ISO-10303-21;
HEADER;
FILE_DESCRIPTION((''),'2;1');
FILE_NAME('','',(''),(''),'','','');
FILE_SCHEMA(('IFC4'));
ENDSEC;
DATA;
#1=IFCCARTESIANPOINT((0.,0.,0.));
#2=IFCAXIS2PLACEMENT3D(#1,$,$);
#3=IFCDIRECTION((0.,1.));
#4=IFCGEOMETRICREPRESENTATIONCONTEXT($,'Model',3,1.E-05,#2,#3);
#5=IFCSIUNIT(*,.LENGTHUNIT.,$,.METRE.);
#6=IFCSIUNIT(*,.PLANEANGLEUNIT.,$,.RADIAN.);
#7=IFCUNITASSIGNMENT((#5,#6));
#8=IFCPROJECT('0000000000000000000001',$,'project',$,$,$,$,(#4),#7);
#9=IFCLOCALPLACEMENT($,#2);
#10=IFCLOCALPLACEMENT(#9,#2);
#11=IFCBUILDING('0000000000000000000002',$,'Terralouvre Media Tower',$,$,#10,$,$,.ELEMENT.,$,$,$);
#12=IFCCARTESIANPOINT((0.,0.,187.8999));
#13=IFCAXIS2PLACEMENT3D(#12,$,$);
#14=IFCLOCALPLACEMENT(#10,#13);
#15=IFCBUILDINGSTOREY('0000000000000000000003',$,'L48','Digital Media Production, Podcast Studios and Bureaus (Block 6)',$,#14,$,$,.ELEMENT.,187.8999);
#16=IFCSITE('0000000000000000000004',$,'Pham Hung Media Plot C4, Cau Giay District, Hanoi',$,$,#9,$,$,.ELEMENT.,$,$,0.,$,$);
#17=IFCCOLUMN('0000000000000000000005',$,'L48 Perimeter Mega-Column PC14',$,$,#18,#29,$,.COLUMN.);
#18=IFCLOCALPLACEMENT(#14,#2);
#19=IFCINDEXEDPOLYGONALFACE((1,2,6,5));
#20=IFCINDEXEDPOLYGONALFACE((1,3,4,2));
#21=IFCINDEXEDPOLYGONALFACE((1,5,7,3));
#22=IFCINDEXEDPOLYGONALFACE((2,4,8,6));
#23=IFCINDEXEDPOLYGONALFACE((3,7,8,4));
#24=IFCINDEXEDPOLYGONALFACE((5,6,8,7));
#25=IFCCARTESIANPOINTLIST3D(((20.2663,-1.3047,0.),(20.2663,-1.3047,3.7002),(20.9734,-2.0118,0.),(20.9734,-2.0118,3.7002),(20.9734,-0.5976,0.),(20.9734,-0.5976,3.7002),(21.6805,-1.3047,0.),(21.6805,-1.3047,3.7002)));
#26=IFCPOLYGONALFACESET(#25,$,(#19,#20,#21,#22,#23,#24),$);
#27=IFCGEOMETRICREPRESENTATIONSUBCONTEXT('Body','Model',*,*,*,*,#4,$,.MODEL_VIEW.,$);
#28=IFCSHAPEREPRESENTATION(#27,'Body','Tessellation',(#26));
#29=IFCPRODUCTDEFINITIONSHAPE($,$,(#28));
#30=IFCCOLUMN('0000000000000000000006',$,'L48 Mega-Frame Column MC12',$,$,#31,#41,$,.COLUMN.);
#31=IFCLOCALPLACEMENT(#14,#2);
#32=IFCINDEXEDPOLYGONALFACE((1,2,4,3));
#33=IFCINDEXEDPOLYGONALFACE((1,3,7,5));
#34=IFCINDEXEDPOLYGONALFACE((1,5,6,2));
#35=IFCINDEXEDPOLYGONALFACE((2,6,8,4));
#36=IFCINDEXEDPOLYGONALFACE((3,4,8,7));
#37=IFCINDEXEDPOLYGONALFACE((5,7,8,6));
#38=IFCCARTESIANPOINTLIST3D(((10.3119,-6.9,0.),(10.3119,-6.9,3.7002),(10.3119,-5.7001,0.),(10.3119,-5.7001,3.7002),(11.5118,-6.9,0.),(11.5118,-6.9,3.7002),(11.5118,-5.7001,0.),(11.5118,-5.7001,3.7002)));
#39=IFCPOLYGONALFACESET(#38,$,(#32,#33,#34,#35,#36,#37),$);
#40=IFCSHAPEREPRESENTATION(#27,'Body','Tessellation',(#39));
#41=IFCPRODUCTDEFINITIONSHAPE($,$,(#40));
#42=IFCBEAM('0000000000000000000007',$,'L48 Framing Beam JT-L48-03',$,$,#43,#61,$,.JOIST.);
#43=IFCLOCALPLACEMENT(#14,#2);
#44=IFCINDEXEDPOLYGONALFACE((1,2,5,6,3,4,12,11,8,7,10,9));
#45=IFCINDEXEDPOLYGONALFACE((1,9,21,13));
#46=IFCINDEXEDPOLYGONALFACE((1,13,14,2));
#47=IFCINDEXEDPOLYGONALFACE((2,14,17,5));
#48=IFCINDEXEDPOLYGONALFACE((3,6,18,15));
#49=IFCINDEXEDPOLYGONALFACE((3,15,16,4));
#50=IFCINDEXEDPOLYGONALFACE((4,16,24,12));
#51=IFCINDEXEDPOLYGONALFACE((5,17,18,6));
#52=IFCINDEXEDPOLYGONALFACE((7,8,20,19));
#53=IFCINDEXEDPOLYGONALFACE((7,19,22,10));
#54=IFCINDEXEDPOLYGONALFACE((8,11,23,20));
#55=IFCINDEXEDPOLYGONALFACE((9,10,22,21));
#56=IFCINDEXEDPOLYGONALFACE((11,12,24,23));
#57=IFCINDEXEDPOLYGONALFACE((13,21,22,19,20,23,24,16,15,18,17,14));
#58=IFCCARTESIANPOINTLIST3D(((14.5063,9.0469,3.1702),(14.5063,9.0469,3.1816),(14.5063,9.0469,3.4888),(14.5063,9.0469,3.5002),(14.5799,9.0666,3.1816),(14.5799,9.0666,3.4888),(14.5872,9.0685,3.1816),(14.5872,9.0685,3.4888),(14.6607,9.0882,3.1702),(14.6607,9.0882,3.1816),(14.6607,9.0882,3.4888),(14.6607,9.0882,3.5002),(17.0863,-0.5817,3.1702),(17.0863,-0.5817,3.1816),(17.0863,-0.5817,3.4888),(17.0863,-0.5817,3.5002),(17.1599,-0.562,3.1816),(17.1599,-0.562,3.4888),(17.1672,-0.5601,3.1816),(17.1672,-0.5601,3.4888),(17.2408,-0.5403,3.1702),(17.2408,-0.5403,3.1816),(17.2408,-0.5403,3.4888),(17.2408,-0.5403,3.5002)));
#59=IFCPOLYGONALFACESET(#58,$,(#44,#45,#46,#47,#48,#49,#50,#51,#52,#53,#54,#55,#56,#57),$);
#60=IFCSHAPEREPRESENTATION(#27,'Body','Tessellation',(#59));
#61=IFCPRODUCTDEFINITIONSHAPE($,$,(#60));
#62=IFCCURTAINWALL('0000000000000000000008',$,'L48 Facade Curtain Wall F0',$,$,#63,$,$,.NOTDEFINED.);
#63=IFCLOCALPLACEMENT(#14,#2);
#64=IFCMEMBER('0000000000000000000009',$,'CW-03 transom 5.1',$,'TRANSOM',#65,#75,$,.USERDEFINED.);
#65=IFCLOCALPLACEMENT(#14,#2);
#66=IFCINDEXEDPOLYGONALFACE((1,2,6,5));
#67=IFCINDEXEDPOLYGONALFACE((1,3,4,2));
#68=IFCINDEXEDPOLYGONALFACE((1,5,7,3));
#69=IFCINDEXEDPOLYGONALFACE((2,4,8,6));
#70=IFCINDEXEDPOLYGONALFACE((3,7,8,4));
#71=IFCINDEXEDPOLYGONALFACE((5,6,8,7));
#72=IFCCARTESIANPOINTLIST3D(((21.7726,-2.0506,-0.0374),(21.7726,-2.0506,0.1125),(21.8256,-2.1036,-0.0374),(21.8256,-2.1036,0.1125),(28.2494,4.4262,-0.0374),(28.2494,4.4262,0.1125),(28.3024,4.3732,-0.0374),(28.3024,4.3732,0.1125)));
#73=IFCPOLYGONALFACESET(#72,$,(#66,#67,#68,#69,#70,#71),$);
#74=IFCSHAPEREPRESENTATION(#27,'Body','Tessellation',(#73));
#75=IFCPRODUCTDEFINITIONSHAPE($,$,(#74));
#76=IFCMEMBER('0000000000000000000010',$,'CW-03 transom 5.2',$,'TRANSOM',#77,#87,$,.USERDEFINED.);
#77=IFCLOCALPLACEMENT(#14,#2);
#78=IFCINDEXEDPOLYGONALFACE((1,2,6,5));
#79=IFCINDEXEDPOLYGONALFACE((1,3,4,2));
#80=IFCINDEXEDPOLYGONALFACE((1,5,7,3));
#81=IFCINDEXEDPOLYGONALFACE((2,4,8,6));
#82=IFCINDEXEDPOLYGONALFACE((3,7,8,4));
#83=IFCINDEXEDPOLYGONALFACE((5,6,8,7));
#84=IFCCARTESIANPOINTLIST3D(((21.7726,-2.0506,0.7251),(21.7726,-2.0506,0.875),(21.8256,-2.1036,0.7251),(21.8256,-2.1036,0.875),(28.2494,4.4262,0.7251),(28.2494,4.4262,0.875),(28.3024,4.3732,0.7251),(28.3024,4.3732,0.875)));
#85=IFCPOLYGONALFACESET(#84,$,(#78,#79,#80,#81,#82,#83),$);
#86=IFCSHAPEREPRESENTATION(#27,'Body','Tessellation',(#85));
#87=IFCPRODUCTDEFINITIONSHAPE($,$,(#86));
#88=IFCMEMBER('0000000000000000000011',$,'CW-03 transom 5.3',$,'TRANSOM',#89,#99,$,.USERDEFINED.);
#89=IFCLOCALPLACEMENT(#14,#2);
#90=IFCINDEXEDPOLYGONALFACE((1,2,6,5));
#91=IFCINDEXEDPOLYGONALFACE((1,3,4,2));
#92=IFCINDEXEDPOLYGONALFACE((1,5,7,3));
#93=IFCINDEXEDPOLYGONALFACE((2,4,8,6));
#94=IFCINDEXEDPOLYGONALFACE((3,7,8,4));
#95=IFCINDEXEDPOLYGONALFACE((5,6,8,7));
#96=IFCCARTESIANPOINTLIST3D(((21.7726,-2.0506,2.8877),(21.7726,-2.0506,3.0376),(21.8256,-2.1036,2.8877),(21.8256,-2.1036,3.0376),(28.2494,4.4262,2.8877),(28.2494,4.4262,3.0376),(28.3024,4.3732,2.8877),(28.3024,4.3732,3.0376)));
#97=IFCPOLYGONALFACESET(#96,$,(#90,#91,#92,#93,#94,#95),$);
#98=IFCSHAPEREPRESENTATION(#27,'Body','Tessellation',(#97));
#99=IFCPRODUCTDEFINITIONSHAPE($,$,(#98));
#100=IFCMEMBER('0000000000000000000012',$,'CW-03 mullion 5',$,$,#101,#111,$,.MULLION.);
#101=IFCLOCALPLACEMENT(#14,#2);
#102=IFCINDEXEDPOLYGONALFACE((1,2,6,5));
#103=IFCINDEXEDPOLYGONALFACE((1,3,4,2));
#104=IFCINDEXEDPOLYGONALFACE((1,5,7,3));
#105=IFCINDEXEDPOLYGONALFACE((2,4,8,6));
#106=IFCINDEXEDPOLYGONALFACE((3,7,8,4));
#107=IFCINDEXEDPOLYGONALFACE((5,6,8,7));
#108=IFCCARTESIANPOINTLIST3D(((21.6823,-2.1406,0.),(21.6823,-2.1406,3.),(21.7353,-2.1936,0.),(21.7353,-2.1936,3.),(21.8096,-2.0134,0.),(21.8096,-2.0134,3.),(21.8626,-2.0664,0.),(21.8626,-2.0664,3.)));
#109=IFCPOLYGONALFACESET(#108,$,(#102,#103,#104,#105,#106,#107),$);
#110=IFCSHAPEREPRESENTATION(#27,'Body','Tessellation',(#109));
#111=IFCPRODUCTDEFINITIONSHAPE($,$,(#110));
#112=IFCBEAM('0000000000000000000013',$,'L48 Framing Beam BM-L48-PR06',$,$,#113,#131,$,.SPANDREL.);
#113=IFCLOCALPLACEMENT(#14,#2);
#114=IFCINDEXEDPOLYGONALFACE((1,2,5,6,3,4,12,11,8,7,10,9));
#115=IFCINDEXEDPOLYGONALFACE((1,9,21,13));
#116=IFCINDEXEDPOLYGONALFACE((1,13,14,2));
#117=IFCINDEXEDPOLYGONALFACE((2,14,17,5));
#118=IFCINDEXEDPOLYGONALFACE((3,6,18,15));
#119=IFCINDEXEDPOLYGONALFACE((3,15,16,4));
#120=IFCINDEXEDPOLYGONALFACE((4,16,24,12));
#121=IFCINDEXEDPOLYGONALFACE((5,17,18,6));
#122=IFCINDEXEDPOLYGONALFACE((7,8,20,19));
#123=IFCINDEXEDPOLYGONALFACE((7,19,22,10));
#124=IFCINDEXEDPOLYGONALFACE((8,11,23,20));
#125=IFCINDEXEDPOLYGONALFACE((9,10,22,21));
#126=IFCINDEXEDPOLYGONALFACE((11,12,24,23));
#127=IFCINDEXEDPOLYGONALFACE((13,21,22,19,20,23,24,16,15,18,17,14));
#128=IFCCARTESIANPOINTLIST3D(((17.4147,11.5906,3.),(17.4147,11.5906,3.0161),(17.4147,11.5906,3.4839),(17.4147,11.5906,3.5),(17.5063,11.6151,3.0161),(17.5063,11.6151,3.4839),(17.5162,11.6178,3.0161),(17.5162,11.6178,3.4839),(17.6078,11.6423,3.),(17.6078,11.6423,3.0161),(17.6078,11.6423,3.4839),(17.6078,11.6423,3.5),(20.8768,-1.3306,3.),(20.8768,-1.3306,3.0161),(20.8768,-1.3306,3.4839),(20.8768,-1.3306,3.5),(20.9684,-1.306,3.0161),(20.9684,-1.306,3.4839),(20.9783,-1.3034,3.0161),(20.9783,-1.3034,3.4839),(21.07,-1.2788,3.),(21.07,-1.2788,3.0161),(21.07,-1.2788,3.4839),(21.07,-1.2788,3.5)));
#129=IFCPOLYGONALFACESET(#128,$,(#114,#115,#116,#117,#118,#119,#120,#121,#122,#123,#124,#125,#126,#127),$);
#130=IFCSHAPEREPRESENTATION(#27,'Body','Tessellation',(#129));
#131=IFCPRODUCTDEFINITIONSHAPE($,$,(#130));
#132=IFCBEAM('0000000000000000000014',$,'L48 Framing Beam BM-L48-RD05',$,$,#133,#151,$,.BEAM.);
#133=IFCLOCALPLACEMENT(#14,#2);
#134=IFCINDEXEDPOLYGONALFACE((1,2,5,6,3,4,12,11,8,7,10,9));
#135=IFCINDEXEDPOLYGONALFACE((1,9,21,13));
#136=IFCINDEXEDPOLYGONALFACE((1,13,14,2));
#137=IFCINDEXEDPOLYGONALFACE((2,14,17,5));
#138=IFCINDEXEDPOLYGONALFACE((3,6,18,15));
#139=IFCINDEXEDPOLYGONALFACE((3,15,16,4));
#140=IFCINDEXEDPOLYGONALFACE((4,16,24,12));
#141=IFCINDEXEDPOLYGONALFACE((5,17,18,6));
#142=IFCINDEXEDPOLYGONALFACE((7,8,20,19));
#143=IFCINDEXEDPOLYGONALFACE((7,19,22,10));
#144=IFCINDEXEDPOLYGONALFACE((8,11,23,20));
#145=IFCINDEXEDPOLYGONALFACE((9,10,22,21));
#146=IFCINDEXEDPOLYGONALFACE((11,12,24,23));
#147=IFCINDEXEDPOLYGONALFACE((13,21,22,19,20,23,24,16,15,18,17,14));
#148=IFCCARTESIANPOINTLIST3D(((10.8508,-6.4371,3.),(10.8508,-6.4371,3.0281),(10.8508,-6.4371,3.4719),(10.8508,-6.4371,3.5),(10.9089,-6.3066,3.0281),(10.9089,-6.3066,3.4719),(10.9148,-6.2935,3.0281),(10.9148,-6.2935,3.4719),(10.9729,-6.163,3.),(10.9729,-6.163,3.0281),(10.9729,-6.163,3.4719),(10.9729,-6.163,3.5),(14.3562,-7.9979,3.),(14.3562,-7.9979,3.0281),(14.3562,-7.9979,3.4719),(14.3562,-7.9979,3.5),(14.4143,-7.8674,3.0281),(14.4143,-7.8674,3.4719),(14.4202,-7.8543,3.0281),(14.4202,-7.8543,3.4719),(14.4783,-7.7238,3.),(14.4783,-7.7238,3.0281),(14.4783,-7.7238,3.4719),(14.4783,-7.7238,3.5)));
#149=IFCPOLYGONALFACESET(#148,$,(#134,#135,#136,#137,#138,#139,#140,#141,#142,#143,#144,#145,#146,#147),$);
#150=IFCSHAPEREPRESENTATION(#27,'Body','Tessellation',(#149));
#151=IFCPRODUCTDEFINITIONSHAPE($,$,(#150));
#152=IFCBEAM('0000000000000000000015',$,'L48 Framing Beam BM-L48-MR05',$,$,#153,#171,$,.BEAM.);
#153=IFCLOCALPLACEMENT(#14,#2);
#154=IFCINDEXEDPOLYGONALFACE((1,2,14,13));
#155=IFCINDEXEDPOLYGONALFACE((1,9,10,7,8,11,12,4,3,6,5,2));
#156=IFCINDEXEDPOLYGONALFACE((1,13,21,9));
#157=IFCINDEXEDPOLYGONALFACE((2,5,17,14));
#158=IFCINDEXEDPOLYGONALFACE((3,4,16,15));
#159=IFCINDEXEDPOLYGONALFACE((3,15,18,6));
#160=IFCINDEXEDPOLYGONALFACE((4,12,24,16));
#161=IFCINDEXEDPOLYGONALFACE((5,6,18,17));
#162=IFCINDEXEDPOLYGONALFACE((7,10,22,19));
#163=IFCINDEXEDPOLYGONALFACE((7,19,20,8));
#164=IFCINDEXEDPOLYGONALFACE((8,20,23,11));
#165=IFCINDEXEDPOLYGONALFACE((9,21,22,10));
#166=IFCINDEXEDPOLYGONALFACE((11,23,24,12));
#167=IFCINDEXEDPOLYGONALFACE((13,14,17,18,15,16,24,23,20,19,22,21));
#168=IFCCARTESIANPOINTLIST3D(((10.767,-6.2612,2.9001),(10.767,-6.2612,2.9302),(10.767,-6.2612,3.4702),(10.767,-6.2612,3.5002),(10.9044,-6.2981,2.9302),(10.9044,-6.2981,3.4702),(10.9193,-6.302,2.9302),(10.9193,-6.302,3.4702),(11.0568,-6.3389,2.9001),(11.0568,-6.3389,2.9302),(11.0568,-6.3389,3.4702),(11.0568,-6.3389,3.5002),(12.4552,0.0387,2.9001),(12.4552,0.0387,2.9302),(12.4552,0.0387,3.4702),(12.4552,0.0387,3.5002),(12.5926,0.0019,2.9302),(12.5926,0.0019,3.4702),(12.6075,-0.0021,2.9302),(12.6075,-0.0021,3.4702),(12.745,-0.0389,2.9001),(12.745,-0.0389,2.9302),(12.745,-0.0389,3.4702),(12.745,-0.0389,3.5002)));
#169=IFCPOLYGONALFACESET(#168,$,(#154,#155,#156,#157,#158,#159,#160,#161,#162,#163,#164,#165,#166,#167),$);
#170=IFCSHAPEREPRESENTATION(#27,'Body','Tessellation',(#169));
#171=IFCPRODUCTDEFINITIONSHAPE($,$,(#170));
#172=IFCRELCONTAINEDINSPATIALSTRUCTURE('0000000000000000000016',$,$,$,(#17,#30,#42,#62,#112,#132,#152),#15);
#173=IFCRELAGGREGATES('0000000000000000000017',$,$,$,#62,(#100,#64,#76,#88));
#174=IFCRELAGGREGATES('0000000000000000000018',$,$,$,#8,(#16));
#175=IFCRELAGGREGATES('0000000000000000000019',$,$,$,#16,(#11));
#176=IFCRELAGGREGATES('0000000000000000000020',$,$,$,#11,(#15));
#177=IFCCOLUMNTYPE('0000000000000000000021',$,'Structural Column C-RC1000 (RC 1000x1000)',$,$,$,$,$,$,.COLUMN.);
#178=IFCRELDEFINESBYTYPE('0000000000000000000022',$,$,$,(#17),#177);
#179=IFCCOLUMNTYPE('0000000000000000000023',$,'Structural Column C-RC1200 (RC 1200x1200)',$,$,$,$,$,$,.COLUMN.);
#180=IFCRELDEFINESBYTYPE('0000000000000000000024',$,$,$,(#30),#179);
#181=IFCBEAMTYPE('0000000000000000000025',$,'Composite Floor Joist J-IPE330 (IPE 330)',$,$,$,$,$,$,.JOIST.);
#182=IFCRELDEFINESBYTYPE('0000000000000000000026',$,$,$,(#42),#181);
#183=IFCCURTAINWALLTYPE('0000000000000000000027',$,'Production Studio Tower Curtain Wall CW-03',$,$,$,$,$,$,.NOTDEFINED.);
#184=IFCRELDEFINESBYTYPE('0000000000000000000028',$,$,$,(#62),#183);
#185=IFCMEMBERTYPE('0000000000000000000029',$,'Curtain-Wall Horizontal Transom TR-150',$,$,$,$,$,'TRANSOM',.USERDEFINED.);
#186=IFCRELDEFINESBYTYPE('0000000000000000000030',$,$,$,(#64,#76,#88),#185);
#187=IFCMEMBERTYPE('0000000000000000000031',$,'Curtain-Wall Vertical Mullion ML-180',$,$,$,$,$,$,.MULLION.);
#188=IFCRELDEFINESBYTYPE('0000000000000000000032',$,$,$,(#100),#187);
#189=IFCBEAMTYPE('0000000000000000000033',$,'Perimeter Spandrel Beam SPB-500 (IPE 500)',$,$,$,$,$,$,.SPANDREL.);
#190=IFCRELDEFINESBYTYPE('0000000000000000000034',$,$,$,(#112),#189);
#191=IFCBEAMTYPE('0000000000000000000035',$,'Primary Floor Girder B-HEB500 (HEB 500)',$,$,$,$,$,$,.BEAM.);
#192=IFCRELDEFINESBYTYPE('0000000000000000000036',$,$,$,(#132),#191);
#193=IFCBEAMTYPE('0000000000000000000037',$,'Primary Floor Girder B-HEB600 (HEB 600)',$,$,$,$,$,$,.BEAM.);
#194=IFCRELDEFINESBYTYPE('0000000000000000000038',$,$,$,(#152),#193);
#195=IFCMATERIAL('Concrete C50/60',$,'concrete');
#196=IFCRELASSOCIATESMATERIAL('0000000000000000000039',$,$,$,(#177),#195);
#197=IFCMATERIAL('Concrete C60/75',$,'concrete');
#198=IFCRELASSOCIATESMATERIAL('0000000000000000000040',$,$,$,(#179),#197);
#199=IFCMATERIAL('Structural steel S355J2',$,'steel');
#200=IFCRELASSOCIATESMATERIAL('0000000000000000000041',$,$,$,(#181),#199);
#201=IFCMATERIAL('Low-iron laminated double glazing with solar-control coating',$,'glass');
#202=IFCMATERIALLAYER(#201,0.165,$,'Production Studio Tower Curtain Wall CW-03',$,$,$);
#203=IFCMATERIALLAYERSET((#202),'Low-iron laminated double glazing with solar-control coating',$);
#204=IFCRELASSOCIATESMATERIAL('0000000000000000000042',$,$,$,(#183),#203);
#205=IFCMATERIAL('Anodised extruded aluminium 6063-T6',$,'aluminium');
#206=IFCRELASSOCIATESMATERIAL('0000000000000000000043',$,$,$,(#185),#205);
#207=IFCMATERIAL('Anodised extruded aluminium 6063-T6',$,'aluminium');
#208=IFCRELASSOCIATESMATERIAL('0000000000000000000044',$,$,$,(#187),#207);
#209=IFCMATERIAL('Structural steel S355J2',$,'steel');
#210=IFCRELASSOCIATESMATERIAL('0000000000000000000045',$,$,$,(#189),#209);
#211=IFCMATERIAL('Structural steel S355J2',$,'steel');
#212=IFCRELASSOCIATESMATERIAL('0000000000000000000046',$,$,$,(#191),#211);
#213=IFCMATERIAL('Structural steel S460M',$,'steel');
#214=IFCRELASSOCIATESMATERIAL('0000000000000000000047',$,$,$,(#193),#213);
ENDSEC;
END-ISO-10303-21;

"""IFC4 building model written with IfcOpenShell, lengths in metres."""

from ifc_helpers import new_model, si_unit, direction, frame, origin, origin_2d, place, context, subcontext, project, spatial, rectangle, i_section, extrude, material, layer, layer_set, material_profile, profile_set, type_object, element, aggregate, save


model = new_model("IFC4")

# Units and contexts
model_context = context("Model", 3, precision=1e-05, world=origin(), true_north=direction((0.0, 1.0)))
body_context = subcontext(model_context, "Body", "Model", "MODEL_VIEW")
ifc_project = project(units=[si_unit("LENGTHUNIT", "METRE"), si_unit("PLANEANGLEUNIT", "RADIAN")], contexts=[model_context])

# Site, building, storey
site_placement = place(None, origin())
site = spatial("IfcSite", under=ifc_project, at=site_placement, Name="Pham Hung Media Plot C4, Cau Giay District, Hanoi", CompositionType="ELEMENT", RefElevation=0.0)
building_placement = place(site_placement, origin())
building = spatial("IfcBuilding", under=site, at=building_placement, Name="Terralouvre Media Tower", CompositionType="ELEMENT")
storey_placement = place(building_placement, frame((0.0, 0.0, 187.8999)))
storey = spatial("IfcBuildingStorey", under=building, at=storey_placement, Name="L48", Description="Digital Media Production, Podcast Studios and Bureaus (Block 6)", CompositionType="ELEMENT", Elevation=187.8999)

# Columns
ifc_material_1 = material(Name="Concrete C50/60", Category="concrete")
ifc_material_profile_1 = material_profile(ifc_material_1, rectangle(XDim=1.0, YDim=1.0, at=origin_2d()), Name="RC 1000x1000")
ifc_profile_set_1 = profile_set([ifc_material_profile_1], Name="Concrete C50/60")
column_type_1 = type_object("IfcColumnType", Name="Structural Column C-RC1000 (RC 1000x1000)", PredefinedType="COLUMN", material=ifc_profile_set_1)
column_1_placement = place(storey_placement, frame((20.9734, -1.3047, 0.0), z_axis=(0.0, 0.0, 1.0), x_axis=(0.707107, 0.707107, 0.0)))
element("IfcColumn", 1, at=column_1_placement, inside=storey, type_object=column_type_1, Name="L48 Perimeter Mega-Column PC14", PredefinedType="COLUMN", context=body_context, shape_type="SweptSolid", body=[
    extrude(rectangle(XDim=1.0, YDim=1.0, at=origin_2d()), origin(), (0.0, 0.0, 1.0), 3.7002),
])
ifc_material_2 = material(Name="Concrete C60/75", Category="concrete")
ifc_material_profile_2 = material_profile(ifc_material_2, rectangle(XDim=1.2, YDim=1.2, at=origin_2d()), Name="RC 1200x1200")
ifc_profile_set_2 = profile_set([ifc_material_profile_2], Name="Concrete C60/75")
column_type_2 = type_object("IfcColumnType", Name="Structural Column C-RC1200 (RC 1200x1200)", PredefinedType="COLUMN", material=ifc_profile_set_2)
column_2_placement = place(storey_placement, frame((10.9119, -6.3, 0.0), z_axis=(0.0, 0.0, 1.0), x_axis=(1.0, 0.0, 0.0)))
element("IfcColumn", 2, at=column_2_placement, inside=storey, type_object=column_type_2, Name="L48 Mega-Frame Column MC12", PredefinedType="COLUMN", context=body_context, shape_type="SweptSolid", body=[
    extrude(rectangle(XDim=1.2, YDim=1.2, at=origin_2d()), origin(), (0.0, 0.0, 1.0), 3.7002),
])

# Beam
ifc_material_3 = material(Name="Structural steel S355J2", Category="steel")
ifc_material_profile_3 = material_profile(ifc_material_3, i_section(OverallWidth=0.1599, OverallDepth=0.3301, WebThickness=0.0076, FlangeThickness=0.0115, at=origin_2d()), Name="IPE 330")
ifc_profile_set_3 = profile_set([ifc_material_profile_3], Name="Structural steel S355J2")
beam_type_1 = type_object("IfcBeamType", Name="Composite Floor Joist J-IPE330 (IPE 330)", PredefinedType="JOIST", material=ifc_profile_set_3)
beam_1_placement = place(storey_placement, frame((17.1636, -0.561, 3.3352), z_axis=(-0.258827, 0.965924, 0.0), x_axis=(-0.965924, -0.258827, 0.0)))
element("IfcBeam", 3, at=beam_1_placement, inside=storey, type_object=beam_type_1, Name="L48 Framing Beam JT-L48-03", PredefinedType="JOIST", context=body_context, shape_type="SweptSolid", body=[
    extrude(i_section(OverallWidth=0.1599, OverallDepth=0.3301, WebThickness=0.0076, FlangeThickness=0.0115, at=origin_2d()), origin(), (0.0, 0.0, 1.0), 9.9683),
])

# Curtain wall, members
ifc_material_4 = material(Name="Low-iron laminated double glazing with solar-control coating", Category="glass")
ifc_layer_1 = layer(ifc_material_4, 0.165, Name="Production Studio Tower Curtain Wall CW-03")
ifc_layer_set_1 = layer_set([ifc_layer_1], Name="Low-iron laminated double glazing with solar-control coating")
curtain_wall_type = type_object("IfcCurtainWallType", Name="Production Studio Tower Curtain Wall CW-03", PredefinedType="NOTDEFINED", material=ifc_layer_set_1)
curtain_wall_placement = place(storey_placement, origin())
curtain_wall = element("IfcCurtainWall", 4, at=curtain_wall_placement, inside=storey, type_object=curtain_wall_type, Name="L48 Facade Curtain Wall F0", PredefinedType="NOTDEFINED")
ifc_material_5 = material(Name="Anodised extruded aluminium 6063-T6", Category="aluminium")
ifc_material_profile_4 = material_profile(ifc_material_5, rectangle(XDim=0.075, YDim=0.1499, at=origin_2d()), Name="ALU 75x150")
ifc_profile_set_4 = profile_set([ifc_material_profile_4], Name="Anodised extruded aluminium 6063-T6")
member_type_1 = type_object("IfcMemberType", Name="Curtain-Wall Horizontal Transom TR-150", ElementType="TRANSOM", PredefinedType="USERDEFINED", material=ifc_profile_set_4)
member_1_placement = place(storey_placement, frame((21.7991, -2.0771, 0.0376), z_axis=(0.707107, 0.707107, 0.0), x_axis=(-0.707107, 0.707107, 0.0)))
member_1 = element("IfcMember", 5, at=member_1_placement, type_object=member_type_1, Name="CW-03 transom 5.1", ObjectType="TRANSOM", PredefinedType="USERDEFINED", context=body_context, shape_type="SweptSolid", body=[
    extrude(rectangle(XDim=0.075, YDim=0.1499, at=origin_2d()), origin(), (0.0, 0.0, 1.0), 9.1597),
])
member_2_placement = place(storey_placement, frame((21.7991, -2.0771, 0.8), z_axis=(0.707107, 0.707107, 0.0), x_axis=(-0.707107, 0.707107, 0.0)))
member_2 = element("IfcMember", 6, at=member_2_placement, type_object=member_type_1, Name="CW-03 transom 5.2", ObjectType="TRANSOM", PredefinedType="USERDEFINED", context=body_context, shape_type="SweptSolid", body=[
    extrude(rectangle(XDim=0.075, YDim=0.1499, at=origin_2d()), origin(), (0.0, 0.0, 1.0), 9.1597),
])
member_3_placement = place(storey_placement, frame((21.7991, -2.0771, 2.9626), z_axis=(0.707107, 0.707107, 0.0), x_axis=(-0.707107, 0.707107, 0.0)))
member_3 = element("IfcMember", 7, at=member_3_placement, type_object=member_type_1, Name="CW-03 transom 5.3", ObjectType="TRANSOM", PredefinedType="USERDEFINED", context=body_context, shape_type="SweptSolid", body=[
    extrude(rectangle(XDim=0.075, YDim=0.1499, at=origin_2d()), origin(), (0.0, 0.0, 1.0), 9.1597),
])
ifc_material_6 = material(Name="Anodised extruded aluminium 6063-T6", Category="aluminium")
ifc_material_profile_5 = material_profile(ifc_material_6, rectangle(XDim=0.075, YDim=0.1799, at=origin_2d()), Name="ALU 75x180")
ifc_profile_set_5 = profile_set([ifc_material_profile_5], Name="Anodised extruded aluminium 6063-T6")
member_type_2 = type_object("IfcMemberType", Name="Curtain-Wall Vertical Mullion ML-180", PredefinedType="MULLION", material=ifc_profile_set_5)
member_4_placement = place(storey_placement, frame((21.7725, -2.1035, 0.0), z_axis=(0.0, 0.0, 1.0), x_axis=(-0.707107, 0.707107, 0.0)))
member_4 = element("IfcMember", 8, at=member_4_placement, type_object=member_type_2, Name="CW-03 mullion 5", PredefinedType="MULLION", context=body_context, shape_type="SweptSolid", body=[
    extrude(rectangle(XDim=0.075, YDim=0.1799, at=origin_2d()), origin(), (0.0, 0.0, 1.0), 3.0),
])

# Beams
ifc_material_7 = material(Name="Structural steel S355J2", Category="steel")
ifc_material_profile_6 = material_profile(ifc_material_7, i_section(OverallWidth=0.2, OverallDepth=0.5, WebThickness=0.0103, FlangeThickness=0.0161, at=origin_2d()), Name="IPE 500")
ifc_profile_set_6 = profile_set([ifc_material_profile_6], Name="Structural steel S355J2")
beam_type_2 = type_object("IfcBeamType", Name="Perimeter Spandrel Beam SPB-500 (IPE 500)", PredefinedType="SPANDREL", material=ifc_profile_set_6)
beam_2_placement = place(storey_placement, frame((20.9734, -1.3047, 3.25), z_axis=(-0.258815, 0.965927, 0.0), x_axis=(-0.965927, -0.258815, 0.0)))
element("IfcBeam", 9, at=beam_2_placement, inside=storey, type_object=beam_type_2, Name="L48 Framing Beam BM-L48-PR06", PredefinedType="SPANDREL", context=body_context, shape_type="SweptSolid", body=[
    extrude(i_section(OverallWidth=0.2, OverallDepth=0.5, WebThickness=0.0103, FlangeThickness=0.0161, at=origin_2d()), origin(), (0.0, 0.0, 1.0), 13.377),
])
ifc_material_8 = material(Name="Structural steel S355J2", Category="steel")
ifc_material_profile_7 = material_profile(ifc_material_8, i_section(OverallWidth=0.3, OverallDepth=0.5, WebThickness=0.0144, FlangeThickness=0.0281, at=origin_2d()), Name="HEB 500")
ifc_profile_set_7 = profile_set([ifc_material_profile_7], Name="Structural steel S355J2")
beam_type_3 = type_object("IfcBeamType", Name="Primary Floor Girder B-HEB500 (HEB 500)", PredefinedType="BEAM", material=ifc_profile_set_7)
beam_3_placement = place(storey_placement, frame((10.9119, -6.3, 3.25), z_axis=(0.913536, -0.406758, 0.0), x_axis=(0.406758, 0.913536, 0.0)))
element("IfcBeam", 10, at=beam_3_placement, inside=storey, type_object=beam_type_3, Name="L48 Framing Beam BM-L48-RD05", PredefinedType="BEAM", context=body_context, shape_type="SweptSolid", body=[
    extrude(i_section(OverallWidth=0.3, OverallDepth=0.5, WebThickness=0.0144, FlangeThickness=0.0281, at=origin_2d()), origin(), (0.0, 0.0, 1.0), 3.8372),
])
ifc_material_9 = material(Name="Structural steel S460M", Category="steel")
ifc_material_profile_8 = material_profile(ifc_material_9, i_section(OverallWidth=0.3, OverallDepth=0.6001, WebThickness=0.0154, FlangeThickness=0.03, at=origin_2d()), Name="HEB 600")
ifc_profile_set_8 = profile_set([ifc_material_profile_8], Name="Structural steel S460M")
beam_type_4 = type_object("IfcBeamType", Name="Primary Floor Girder B-HEB600 (HEB 600)", PredefinedType="BEAM", material=ifc_profile_set_8)
beam_4_placement = place(storey_placement, frame((10.9119, -6.3, 3.2002), z_axis=(0.258839, 0.96592, 0.0), x_axis=(-0.96592, 0.258839, 0.0)))
element("IfcBeam", 11, at=beam_4_placement, inside=storey, type_object=beam_type_4, Name="L48 Framing Beam BM-L48-MR05", PredefinedType="BEAM", context=body_context, shape_type="SweptSolid", body=[
    extrude(i_section(OverallWidth=0.3, OverallDepth=0.6001, WebThickness=0.0154, FlangeThickness=0.03, at=origin_2d()), origin(), (0.0, 0.0, 1.0), 6.5222),
])

aggregate(curtain_wall, [member_4, member_1, member_2, member_3])

save(model, "model.ifc")
